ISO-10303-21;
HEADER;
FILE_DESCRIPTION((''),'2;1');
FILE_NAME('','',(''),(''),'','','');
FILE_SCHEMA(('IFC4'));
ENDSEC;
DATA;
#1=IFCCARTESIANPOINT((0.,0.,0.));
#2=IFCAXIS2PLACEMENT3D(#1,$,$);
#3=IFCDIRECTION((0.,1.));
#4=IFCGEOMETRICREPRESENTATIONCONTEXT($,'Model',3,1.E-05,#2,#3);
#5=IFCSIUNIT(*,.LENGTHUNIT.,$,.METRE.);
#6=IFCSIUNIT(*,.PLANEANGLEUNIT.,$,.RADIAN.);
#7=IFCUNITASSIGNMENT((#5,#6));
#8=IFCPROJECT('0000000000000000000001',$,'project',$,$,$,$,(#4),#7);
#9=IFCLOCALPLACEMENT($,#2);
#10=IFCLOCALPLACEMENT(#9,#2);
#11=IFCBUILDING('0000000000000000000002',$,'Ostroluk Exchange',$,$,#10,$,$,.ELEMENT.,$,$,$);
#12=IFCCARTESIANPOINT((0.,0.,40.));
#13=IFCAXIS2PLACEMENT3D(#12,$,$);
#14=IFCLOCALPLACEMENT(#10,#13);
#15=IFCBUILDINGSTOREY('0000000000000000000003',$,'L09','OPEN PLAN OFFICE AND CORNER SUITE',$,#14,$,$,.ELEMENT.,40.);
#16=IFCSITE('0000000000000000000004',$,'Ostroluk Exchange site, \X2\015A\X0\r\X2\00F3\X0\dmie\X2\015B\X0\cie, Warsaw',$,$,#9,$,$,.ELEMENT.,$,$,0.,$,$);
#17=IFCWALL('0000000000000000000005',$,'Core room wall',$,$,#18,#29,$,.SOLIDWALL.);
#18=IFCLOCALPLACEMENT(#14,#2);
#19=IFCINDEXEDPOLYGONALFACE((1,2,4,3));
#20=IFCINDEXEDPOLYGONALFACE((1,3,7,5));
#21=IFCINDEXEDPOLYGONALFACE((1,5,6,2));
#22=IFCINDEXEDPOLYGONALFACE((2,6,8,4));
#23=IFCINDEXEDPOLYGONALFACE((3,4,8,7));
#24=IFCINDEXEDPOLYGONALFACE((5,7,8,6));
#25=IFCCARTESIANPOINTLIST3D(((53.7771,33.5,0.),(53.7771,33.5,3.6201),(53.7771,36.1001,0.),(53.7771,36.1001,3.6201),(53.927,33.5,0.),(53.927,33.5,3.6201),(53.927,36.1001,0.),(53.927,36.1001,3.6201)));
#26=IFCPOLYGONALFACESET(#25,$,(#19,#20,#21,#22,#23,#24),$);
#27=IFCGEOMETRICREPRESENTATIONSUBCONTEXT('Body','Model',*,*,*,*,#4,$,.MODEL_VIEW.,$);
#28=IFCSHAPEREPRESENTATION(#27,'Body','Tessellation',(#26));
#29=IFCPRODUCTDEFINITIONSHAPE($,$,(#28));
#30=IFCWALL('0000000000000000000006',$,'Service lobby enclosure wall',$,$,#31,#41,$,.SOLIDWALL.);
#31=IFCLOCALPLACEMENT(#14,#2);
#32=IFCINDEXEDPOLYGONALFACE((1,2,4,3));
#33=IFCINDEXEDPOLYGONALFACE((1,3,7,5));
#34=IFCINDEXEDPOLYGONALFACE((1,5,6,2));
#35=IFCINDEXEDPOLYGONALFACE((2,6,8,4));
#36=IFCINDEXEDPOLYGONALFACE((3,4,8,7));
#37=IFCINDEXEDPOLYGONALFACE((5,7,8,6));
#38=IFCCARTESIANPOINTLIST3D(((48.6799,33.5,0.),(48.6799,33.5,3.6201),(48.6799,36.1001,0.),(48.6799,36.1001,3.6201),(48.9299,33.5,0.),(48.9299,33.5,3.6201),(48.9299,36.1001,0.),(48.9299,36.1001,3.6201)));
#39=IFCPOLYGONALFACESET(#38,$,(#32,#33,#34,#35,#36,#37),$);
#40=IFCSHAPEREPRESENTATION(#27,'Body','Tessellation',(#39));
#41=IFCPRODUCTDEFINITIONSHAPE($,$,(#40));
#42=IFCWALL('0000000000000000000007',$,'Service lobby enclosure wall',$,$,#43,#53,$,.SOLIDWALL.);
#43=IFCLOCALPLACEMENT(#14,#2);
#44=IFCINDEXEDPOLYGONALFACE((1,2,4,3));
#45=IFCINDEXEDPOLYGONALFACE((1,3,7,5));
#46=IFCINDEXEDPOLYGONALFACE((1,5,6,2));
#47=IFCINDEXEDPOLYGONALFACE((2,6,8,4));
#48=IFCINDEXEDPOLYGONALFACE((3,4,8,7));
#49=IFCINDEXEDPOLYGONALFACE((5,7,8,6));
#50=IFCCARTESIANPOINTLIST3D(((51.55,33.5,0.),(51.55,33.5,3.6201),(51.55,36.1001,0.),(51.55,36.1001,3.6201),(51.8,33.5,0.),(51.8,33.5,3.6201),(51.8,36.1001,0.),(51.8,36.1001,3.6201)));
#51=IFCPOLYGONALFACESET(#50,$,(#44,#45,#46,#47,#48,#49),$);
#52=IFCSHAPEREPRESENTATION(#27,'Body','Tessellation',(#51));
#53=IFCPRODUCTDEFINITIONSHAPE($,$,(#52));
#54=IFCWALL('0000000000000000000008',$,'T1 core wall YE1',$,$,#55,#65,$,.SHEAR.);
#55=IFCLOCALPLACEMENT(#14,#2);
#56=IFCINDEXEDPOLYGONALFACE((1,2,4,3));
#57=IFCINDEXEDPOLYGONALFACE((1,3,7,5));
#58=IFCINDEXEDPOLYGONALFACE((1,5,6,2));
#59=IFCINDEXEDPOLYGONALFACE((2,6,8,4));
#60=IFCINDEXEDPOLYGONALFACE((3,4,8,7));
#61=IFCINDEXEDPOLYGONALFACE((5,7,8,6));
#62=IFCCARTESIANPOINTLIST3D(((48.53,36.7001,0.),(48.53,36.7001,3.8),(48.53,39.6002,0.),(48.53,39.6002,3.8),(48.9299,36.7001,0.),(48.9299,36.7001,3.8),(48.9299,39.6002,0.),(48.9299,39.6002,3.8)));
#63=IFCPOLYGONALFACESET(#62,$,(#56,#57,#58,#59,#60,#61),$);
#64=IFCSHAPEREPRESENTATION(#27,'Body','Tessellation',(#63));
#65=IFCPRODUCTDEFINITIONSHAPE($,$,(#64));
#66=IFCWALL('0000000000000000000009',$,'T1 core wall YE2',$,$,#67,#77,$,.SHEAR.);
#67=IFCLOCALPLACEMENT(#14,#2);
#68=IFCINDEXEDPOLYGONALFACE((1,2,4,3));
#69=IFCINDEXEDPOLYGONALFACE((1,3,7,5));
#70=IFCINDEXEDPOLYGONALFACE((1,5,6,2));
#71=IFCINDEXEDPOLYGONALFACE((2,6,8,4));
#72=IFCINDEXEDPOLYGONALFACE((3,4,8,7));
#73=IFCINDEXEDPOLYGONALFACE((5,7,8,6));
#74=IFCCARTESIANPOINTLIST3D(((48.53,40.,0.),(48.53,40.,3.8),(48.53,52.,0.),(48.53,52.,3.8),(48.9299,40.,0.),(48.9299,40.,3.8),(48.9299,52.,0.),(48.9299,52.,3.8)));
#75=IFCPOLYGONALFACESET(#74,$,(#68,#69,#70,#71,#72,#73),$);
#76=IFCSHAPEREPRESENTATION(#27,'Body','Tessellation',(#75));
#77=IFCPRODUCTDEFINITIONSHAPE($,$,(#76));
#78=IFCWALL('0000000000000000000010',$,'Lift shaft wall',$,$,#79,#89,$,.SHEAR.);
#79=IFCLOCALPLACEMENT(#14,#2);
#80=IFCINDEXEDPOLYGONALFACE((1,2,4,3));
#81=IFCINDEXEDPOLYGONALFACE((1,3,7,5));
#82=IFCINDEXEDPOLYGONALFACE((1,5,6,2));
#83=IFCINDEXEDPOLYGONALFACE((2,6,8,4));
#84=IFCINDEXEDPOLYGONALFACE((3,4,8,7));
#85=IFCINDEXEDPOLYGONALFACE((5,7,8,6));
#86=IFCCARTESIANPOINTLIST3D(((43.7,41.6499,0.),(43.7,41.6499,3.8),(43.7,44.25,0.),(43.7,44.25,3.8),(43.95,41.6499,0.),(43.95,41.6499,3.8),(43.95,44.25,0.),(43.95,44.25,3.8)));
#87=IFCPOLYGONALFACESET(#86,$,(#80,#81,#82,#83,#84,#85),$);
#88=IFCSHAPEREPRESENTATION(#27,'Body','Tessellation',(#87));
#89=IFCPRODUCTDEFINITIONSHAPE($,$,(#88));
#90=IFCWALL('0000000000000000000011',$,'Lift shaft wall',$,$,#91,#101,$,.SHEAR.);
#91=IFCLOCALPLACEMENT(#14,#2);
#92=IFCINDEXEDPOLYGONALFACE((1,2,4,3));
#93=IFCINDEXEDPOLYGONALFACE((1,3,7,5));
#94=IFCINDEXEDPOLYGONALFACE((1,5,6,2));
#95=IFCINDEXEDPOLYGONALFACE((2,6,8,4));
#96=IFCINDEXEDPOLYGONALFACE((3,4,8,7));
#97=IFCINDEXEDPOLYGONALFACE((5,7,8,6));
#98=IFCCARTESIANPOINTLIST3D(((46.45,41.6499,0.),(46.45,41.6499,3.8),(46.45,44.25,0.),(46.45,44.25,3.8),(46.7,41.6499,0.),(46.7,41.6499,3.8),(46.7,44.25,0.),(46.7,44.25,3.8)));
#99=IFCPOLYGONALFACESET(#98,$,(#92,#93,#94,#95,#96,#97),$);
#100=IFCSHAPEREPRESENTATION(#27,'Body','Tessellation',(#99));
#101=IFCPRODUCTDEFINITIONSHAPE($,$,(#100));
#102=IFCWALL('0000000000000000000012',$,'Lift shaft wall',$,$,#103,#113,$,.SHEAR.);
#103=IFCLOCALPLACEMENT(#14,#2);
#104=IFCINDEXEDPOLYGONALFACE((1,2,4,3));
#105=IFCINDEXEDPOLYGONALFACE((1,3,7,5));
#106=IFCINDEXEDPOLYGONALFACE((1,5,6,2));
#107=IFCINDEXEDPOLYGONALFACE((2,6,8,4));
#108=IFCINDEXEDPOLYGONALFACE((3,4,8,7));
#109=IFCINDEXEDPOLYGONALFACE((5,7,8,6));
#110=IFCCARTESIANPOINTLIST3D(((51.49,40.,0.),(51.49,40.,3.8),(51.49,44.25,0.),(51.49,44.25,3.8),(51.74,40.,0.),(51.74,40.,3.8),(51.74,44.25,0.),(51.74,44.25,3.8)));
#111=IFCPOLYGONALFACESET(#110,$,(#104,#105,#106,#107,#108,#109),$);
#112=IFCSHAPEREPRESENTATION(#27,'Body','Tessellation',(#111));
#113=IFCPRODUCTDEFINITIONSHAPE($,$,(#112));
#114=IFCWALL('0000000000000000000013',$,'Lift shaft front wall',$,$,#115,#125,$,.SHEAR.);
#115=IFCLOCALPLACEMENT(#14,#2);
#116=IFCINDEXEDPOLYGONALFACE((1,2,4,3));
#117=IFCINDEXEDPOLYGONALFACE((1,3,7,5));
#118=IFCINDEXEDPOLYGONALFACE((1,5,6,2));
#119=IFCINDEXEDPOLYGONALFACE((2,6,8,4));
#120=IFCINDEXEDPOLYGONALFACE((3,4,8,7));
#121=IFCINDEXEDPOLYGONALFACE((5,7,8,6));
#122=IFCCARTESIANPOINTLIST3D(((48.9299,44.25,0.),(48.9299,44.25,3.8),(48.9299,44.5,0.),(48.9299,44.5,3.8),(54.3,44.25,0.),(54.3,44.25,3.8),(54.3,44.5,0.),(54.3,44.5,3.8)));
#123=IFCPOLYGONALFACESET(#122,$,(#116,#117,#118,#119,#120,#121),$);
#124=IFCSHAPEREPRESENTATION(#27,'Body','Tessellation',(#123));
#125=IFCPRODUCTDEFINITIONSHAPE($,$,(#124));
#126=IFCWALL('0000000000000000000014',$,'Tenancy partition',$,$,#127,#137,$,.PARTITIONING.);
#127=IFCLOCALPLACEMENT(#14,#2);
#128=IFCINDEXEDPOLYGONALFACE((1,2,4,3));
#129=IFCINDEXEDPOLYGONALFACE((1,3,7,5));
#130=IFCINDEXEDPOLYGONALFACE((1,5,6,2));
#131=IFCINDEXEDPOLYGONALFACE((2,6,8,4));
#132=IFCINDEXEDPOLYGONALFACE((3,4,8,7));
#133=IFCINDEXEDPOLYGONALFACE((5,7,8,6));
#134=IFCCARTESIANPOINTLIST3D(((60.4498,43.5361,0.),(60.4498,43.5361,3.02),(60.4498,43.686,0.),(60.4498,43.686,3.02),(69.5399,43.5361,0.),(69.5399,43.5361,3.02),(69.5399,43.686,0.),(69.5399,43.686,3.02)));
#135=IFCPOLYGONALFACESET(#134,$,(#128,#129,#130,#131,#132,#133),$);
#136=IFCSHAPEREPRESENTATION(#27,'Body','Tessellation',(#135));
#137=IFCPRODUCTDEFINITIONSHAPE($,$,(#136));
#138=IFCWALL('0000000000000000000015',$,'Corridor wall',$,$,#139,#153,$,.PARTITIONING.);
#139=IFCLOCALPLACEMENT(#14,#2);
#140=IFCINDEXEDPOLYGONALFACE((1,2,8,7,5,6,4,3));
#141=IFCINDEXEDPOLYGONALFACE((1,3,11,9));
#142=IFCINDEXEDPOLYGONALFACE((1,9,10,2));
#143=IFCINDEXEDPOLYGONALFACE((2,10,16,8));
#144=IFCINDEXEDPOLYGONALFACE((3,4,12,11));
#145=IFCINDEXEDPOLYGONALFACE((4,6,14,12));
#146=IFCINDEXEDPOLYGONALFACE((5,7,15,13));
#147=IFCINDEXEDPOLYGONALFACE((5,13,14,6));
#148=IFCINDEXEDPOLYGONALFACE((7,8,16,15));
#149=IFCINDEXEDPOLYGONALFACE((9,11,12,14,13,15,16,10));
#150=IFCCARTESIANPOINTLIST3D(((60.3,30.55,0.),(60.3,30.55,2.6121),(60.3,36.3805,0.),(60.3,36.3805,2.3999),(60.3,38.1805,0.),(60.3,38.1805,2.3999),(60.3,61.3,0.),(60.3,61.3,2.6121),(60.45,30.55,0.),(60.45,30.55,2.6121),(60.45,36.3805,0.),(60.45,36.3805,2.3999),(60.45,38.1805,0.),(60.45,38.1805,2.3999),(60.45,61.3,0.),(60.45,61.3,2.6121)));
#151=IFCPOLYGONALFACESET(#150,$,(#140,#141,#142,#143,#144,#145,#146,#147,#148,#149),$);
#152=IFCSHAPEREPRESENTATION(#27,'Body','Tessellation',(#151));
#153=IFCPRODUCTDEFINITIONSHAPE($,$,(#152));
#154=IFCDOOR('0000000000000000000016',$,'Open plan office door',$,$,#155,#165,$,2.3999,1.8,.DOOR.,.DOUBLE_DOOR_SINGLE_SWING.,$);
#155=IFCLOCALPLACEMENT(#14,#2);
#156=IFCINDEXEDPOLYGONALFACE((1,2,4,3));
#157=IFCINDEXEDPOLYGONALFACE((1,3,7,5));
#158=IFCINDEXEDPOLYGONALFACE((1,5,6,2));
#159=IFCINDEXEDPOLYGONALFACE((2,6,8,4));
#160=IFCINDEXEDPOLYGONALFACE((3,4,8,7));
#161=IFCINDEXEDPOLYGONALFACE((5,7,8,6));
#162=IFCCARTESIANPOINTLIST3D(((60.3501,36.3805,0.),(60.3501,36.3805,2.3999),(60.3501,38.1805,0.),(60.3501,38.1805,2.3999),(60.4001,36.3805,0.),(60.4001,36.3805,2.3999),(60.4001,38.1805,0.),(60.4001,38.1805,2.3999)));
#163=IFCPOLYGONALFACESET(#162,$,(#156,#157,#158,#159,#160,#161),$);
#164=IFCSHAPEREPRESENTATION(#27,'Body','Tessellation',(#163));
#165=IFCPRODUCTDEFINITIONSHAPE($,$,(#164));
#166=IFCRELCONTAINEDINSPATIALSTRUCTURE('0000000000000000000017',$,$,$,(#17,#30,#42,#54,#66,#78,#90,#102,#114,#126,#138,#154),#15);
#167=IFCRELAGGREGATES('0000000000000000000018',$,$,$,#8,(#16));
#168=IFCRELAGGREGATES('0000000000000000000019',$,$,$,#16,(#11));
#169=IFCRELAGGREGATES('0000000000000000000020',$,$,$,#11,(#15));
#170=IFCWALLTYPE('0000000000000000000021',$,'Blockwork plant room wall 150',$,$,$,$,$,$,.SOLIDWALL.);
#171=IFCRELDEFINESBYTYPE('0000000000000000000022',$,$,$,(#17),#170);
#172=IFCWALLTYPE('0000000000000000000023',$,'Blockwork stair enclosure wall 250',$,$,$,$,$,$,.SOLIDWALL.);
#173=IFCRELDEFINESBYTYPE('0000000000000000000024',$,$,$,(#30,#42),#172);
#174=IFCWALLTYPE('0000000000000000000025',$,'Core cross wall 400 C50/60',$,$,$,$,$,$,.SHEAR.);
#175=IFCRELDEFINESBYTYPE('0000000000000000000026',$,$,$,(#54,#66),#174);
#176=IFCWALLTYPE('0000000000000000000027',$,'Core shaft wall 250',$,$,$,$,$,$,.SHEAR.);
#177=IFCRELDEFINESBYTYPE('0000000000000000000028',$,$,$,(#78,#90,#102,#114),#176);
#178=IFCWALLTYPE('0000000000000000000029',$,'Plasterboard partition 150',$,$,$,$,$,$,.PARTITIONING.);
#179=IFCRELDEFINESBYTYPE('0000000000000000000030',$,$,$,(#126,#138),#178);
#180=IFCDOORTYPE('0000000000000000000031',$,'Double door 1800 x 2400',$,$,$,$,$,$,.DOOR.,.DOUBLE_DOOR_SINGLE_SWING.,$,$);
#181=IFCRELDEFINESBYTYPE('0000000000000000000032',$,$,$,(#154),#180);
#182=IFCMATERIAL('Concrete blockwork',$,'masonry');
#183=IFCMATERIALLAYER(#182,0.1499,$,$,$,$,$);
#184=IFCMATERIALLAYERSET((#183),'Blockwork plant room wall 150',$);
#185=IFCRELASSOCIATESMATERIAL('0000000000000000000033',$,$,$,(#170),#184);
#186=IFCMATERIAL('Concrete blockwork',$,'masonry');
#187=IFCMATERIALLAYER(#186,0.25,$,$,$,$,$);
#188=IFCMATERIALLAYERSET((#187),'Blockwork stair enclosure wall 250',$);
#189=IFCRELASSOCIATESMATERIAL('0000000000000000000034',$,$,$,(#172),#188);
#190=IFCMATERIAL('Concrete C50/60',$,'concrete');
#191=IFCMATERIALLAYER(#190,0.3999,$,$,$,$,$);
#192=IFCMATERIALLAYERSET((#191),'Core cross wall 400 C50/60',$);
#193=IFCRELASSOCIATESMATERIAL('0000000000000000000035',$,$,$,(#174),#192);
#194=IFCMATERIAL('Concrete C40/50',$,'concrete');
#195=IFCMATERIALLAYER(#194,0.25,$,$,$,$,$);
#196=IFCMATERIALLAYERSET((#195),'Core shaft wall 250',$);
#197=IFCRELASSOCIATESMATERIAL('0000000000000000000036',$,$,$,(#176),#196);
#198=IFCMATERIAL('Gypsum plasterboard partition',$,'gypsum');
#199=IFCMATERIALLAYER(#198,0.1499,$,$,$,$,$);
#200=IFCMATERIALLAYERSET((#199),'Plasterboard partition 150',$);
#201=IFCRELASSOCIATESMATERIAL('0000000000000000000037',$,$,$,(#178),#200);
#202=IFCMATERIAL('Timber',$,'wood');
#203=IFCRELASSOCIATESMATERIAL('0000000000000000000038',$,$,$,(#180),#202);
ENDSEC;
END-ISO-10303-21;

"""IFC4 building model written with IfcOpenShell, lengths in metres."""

from ifc_helpers import new_model, si_unit, direction, frame, frame_2d, origin, place, context, subcontext, project, spatial, rectangle, extrude, material, layer, layer_set, type_object, element, fill, save


model = new_model("IFC4")

# Units and contexts
model_context = context("Model", 3, precision=1e-05, world=origin(), true_north=direction((0.0, 1.0)))
body_context = subcontext(model_context, "Body", "Model", "MODEL_VIEW")
ifc_project = project(units=[si_unit("LENGTHUNIT", "METRE"), si_unit("PLANEANGLEUNIT", "RADIAN")], contexts=[model_context])

# Site, building, storey
site_placement = place(None, origin())
site = spatial("IfcSite", under=ifc_project, at=site_placement, Name="Ostroluk Exchange site, Śródmieście, Warsaw", CompositionType="ELEMENT", RefElevation=0.0)
building_placement = place(site_placement, origin())
building = spatial("IfcBuilding", under=site, at=building_placement, Name="Ostroluk Exchange", CompositionType="ELEMENT")
storey_placement = place(building_placement, frame((0.0, 0.0, 40.0)))
storey = spatial("IfcBuildingStorey", under=building, at=storey_placement, Name="L09", Description="OPEN PLAN OFFICE AND CORNER SUITE", CompositionType="ELEMENT", Elevation=40.0)

# Walls
ifc_material_1 = material(Name="Concrete blockwork", Category="masonry")
ifc_layer_1 = layer(ifc_material_1, 0.1499)
ifc_layer_set_1 = layer_set([ifc_layer_1], Name="Blockwork plant room wall 150")
wall_type_1 = type_object("IfcWallType", Name="Blockwork plant room wall 150", PredefinedType="SOLIDWALL", material=ifc_layer_set_1)
wall_1_placement = place(storey_placement, frame((53.8521, 33.5, 0.0), z_axis=(0.0, 0.0, 1.0), x_axis=(0.0, 1.0, 0.0)))
element("IfcWall", 1, at=wall_1_placement, inside=storey, type_object=wall_type_1, Name="Core room wall", PredefinedType="SOLIDWALL", context=body_context, shape_type="SweptSolid", body=[
    extrude(rectangle(XDim=2.6001, YDim=0.1499, at=frame_2d((1.3, 0.0))), origin(), (0.0, 0.0, 1.0), 3.6201),
])
ifc_material_2 = material(Name="Concrete blockwork", Category="masonry")
ifc_layer_2 = layer(ifc_material_2, 0.25)
ifc_layer_set_2 = layer_set([ifc_layer_2], Name="Blockwork stair enclosure wall 250")
wall_type_2 = type_object("IfcWallType", Name="Blockwork stair enclosure wall 250", PredefinedType="SOLIDWALL", material=ifc_layer_set_2)
for number, where, z_axis, x_axis, name in (
    (2, (48.8049, 33.5, 0.0), (0.0, 0.0, 1.0), (0.0, 1.0, 0.0), "Service lobby enclosure wall"),
    (3, (51.675, 33.5, 0.0), (0.0, 0.0, 1.0), (0.0, 1.0, 0.0), "Service lobby enclosure wall"),
):
    element("IfcWall", number, at=place(storey_placement, frame(where, z_axis=z_axis, x_axis=x_axis)), inside=storey, type_object=wall_type_2, Name=name, PredefinedType="SOLIDWALL", context=body_context, shape_type="SweptSolid", body=[
        extrude(rectangle(XDim=2.6001, YDim=0.25, at=frame_2d((1.3, 0.0))), origin(), (0.0, 0.0, 1.0), 3.6201),
    ])
ifc_material_3 = material(Name="Concrete C50/60", Category="concrete")
ifc_layer_3 = layer(ifc_material_3, 0.3999)
ifc_layer_set_3 = layer_set([ifc_layer_3], Name="Core cross wall 400 C50/60")
wall_type_3 = type_object("IfcWallType", Name="Core cross wall 400 C50/60", PredefinedType="SHEAR", material=ifc_layer_set_3)
wall_2_placement = place(storey_placement, frame((48.73, 36.7, 0.0), z_axis=(0.0, 0.0, 1.0), x_axis=(0.0, 1.0, 0.0)))
element("IfcWall", 4, at=wall_2_placement, inside=storey, type_object=wall_type_3, Name="T1 core wall YE1", PredefinedType="SHEAR", context=body_context, shape_type="SweptSolid", body=[
    extrude(rectangle(XDim=2.9001, YDim=0.3999, at=frame_2d((1.4502, 0.0))), origin(), (0.0, 0.0, 1.0), 3.8),
])
wall_3_placement = place(storey_placement, frame((48.73, 40.0, 0.0), z_axis=(0.0, 0.0, 1.0), x_axis=(0.0, 1.0, 0.0)))
element("IfcWall", 5, at=wall_3_placement, inside=storey, type_object=wall_type_3, Name="T1 core wall YE2", PredefinedType="SHEAR", context=body_context, shape_type="SweptSolid", body=[
    extrude(rectangle(XDim=12.0, YDim=0.3999, at=frame_2d((6.0, 0.0))), origin(), (0.0, 0.0, 1.0), 3.8),
])

# Shared definitions
ifc_material_4 = material(Name="Concrete C40/50", Category="concrete")
ifc_layer_4 = layer(ifc_material_4, 0.25)
ifc_layer_set_4 = layer_set([ifc_layer_4], Name="Core shaft wall 250")
wall_type_4 = type_object("IfcWallType", Name="Core shaft wall 250", PredefinedType="SHEAR", material=ifc_layer_set_4)

# Walls
for number, where, z_axis, x_axis, name in (
    (6, (43.825, 44.25, 0.0), (0.0, 0.0, 1.0), (0.0, -1.0, 0.0), "Lift shaft wall"),
    (7, (46.575, 44.25, 0.0), (0.0, 0.0, 1.0), (0.0, -1.0, 0.0), "Lift shaft wall"),
):
    element("IfcWall", number, at=place(storey_placement, frame(where, z_axis=z_axis, x_axis=x_axis)), inside=storey, type_object=wall_type_4, Name=name, PredefinedType="SHEAR", context=body_context, shape_type="SweptSolid", body=[
        extrude(rectangle(XDim=2.6001, YDim=0.25, at=frame_2d((1.3, 0.0))), origin(), (0.0, 0.0, 1.0), 3.8),
    ])
wall_4_placement = place(storey_placement, frame((51.615, 44.25, 0.0), z_axis=(0.0, 0.0, 1.0), x_axis=(0.0, -1.0, 0.0)))
element("IfcWall", 8, at=wall_4_placement, inside=storey, type_object=wall_type_4, Name="Lift shaft wall", PredefinedType="SHEAR", context=body_context, shape_type="SweptSolid", body=[
    extrude(rectangle(XDim=4.25, YDim=0.25, at=frame_2d((2.125, 0.0))), origin(), (0.0, 0.0, 1.0), 3.8),
])
wall_5_placement = place(storey_placement, frame((48.9299, 44.375, 0.0), z_axis=(0.0, 0.0, 1.0), x_axis=(1.0, 0.0, 0.0)))
element("IfcWall", 9, at=wall_5_placement, inside=storey, type_object=wall_type_4, Name="Lift shaft front wall", PredefinedType="SHEAR", context=body_context, shape_type="SweptSolid", body=[
    extrude(rectangle(XDim=5.3701, YDim=0.25, at=frame_2d((2.6851, 0.0))), origin(), (0.0, 0.0, 1.0), 3.8),
])

# Wall
ifc_material_5 = material(Name="Gypsum plasterboard partition", Category="gypsum")
ifc_layer_5 = layer(ifc_material_5, 0.1499)
ifc_layer_set_5 = layer_set([ifc_layer_5], Name="Plasterboard partition 150")
wall_type_5 = type_object("IfcWallType", Name="Plasterboard partition 150", PredefinedType="PARTITIONING", material=ifc_layer_set_5)
wall_6_placement = place(storey_placement, frame((60.45, 43.6111, 0.0), z_axis=(0.0, 0.0, 1.0), x_axis=(1.0, 0.0, 0.0)))
element("IfcWall", 10, at=wall_6_placement, inside=storey, type_object=wall_type_5, Name="Tenancy partition", PredefinedType="PARTITIONING", context=body_context, shape_type="SweptSolid", body=[
    extrude(rectangle(XDim=9.0901, YDim=0.1499, at=frame_2d((4.5449, 0.0))), origin(), (0.0, 0.0, 1.0), 3.02),
])

# Wall, opening, door
wall_7_placement = place(storey_placement, frame((60.375, 30.55, 0.0), z_axis=(0.0, 0.0, 1.0), x_axis=(0.0, 1.0, 0.0)))
wall_7 = element("IfcWall", 11, at=wall_7_placement, inside=storey, type_object=wall_type_5, Name="Corridor wall", PredefinedType="PARTITIONING", context=body_context, shape_type="SweptSolid", body=[
    extrude(rectangle(XDim=30.75, YDim=0.1499, at=frame_2d((15.375, 0.0))), origin(), (0.0, 0.0, 1.0), 2.6121),
])
opening_1_placement = place(wall_7_placement, frame((5.8306, 0.0, 0.0)))
opening_1 = element("IfcOpeningElement", 12, at=opening_1_placement, cuts=wall_7, PredefinedType="OPENING", context=body_context, shape_type="SweptSolid", body=[
    extrude(rectangle(XDim=1.8, YDim=2.3999, at=frame_2d((0.8999, 1.2))), frame((0.0, 0.085, 0.0), z_axis=(0.0, -1.0, 0.0), x_axis=(1.0, 0.0, 0.0)), (0.0, 0.0, 1.0), 0.1699),
])
ifc_material_6 = material(Name="Timber", Category="wood")
door_type_1 = type_object("IfcDoorType", Name="Double door 1800 x 2400", OperationType="DOUBLE_DOOR_SINGLE_SWING", PredefinedType="DOOR", material=ifc_material_6)
door_1_placement = place(opening_1_placement, origin())
door_1 = element("IfcDoor", 13, at=door_1_placement, inside=storey, type_object=door_type_1, Name="Open plan office door", OperationType="DOUBLE_DOOR_SINGLE_SWING", OverallHeight=2.3999, OverallWidth=1.8, PredefinedType="DOOR", context=body_context, shape_type="SweptSolid", body=[
    extrude(rectangle(XDim=1.8, YDim=2.3999, at=frame_2d((0.8999, 1.2))), frame((0.0, 0.0249, 0.0), z_axis=(0.0, -1.0, 0.0), x_axis=(1.0, 0.0, 0.0)), (0.0, 0.0, 1.0), 0.05),
])
fill(opening_1, door_1)

save(model, "model.ifc")
